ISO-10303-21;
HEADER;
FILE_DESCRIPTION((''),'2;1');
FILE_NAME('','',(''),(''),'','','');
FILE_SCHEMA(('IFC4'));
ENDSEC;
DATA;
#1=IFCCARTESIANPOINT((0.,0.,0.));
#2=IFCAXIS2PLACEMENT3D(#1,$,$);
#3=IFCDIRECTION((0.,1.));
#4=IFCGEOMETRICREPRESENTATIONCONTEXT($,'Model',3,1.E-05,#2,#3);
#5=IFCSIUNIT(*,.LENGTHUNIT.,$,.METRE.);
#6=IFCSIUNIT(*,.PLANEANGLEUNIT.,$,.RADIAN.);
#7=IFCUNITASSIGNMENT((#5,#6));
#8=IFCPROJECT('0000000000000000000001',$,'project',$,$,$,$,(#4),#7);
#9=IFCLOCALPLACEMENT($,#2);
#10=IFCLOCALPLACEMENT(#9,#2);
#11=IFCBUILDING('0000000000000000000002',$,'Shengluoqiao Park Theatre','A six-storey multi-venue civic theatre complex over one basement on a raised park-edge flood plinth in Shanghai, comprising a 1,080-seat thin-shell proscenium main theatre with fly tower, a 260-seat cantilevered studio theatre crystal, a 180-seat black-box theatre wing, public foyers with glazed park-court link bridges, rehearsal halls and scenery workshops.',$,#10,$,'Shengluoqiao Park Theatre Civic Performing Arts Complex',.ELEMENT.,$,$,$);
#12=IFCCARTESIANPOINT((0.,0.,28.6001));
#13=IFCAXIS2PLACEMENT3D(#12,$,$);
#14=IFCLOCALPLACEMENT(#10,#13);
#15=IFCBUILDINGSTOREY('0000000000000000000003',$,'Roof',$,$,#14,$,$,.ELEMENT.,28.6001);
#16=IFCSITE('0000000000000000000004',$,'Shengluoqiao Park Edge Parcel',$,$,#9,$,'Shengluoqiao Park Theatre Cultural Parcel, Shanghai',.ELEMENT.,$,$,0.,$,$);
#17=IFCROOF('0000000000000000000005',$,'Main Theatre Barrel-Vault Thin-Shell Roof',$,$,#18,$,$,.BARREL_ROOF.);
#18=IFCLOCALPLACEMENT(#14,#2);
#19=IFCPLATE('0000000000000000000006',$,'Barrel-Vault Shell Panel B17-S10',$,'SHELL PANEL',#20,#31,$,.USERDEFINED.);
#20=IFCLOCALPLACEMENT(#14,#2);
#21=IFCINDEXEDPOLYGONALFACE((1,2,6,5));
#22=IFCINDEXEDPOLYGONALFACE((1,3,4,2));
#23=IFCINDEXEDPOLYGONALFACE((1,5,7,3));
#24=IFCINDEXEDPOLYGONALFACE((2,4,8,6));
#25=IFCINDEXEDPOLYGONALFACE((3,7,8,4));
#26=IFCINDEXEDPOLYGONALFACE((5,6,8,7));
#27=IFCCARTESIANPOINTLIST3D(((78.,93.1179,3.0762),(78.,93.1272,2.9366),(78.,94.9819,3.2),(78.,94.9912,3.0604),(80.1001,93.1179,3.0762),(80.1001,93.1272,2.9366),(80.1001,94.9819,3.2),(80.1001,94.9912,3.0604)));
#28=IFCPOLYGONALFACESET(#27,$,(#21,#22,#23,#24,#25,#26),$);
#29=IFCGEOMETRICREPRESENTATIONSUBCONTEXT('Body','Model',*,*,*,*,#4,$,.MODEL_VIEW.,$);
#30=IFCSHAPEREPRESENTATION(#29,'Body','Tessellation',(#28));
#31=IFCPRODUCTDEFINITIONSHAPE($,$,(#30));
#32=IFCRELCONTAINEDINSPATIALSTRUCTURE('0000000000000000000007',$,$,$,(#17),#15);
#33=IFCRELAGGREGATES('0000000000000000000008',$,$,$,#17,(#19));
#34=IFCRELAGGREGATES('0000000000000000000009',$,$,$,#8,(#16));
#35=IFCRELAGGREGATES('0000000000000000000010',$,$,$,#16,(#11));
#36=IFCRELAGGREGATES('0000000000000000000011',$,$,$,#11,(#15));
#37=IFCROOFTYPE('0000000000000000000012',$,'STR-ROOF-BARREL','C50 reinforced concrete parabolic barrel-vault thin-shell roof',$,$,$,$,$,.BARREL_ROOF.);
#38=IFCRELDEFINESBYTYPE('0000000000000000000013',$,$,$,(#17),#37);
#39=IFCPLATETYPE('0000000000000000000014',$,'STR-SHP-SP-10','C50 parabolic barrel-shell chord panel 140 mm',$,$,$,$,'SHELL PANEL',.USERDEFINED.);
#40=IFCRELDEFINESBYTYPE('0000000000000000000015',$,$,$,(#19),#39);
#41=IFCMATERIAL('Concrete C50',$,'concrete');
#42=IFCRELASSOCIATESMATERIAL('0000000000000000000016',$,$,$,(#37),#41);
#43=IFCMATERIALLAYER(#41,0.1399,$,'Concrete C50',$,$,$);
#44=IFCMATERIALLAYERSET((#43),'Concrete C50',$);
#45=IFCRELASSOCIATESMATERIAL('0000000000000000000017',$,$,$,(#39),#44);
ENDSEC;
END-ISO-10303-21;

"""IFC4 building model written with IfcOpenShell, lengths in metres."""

from ifc_helpers import new_model, si_unit, direction, frame, origin, place, context, subcontext, project, spatial, polyline, outline, extrude, material, layer, layer_set, type_object, element, aggregate, save


model = new_model("IFC4")

# Units and contexts
model_context = context("Model", 3, precision=1e-05, world=origin(), true_north=direction((0.0, 1.0)))
body_context = subcontext(model_context, "Body", "Model", "MODEL_VIEW")
ifc_project = project(units=[si_unit("LENGTHUNIT", "METRE"), si_unit("PLANEANGLEUNIT", "RADIAN")], contexts=[model_context])

# Site, building, storey
site_placement = place(None, origin())
site = spatial("IfcSite", under=ifc_project, at=site_placement, Name="Shengluoqiao Park Edge Parcel", LongName="Shengluoqiao Park Theatre Cultural Parcel, Shanghai", CompositionType="ELEMENT", RefElevation=0.0)
building_placement = place(site_placement, origin())
building = spatial("IfcBuilding", under=site, at=building_placement, Name="Shengluoqiao Park Theatre", Description="A six-storey multi-venue civic theatre complex over one basement on a raised park-edge flood plinth in Shanghai, comprising a 1,080-seat thin-shell proscenium main theatre with fly tower, a 260-seat cantilevered studio theatre crystal, a 180-seat black-box theatre wing, public foyers with glazed park-court link bridges, rehearsal halls and scenery workshops.", LongName="Shengluoqiao Park Theatre Civic Performing Arts Complex", CompositionType="ELEMENT")
storey_placement = place(building_placement, frame((0.0, 0.0, 28.6001)))
storey = spatial("IfcBuildingStorey", under=building, at=storey_placement, Name="Roof", CompositionType="ELEMENT", Elevation=28.6001)

# Shared definitions
ifc_material_1 = material(Name="Concrete C50", Category="concrete")

# Roof, plate
roof_type = type_object("IfcRoofType", Name="STR-ROOF-BARREL", Description="C50 reinforced concrete parabolic barrel-vault thin-shell roof", PredefinedType="BARREL_ROOF", material=ifc_material_1)
roof_placement = place(storey_placement, origin())
roof = element("IfcRoof", 1, at=roof_placement, inside=storey, type_object=roof_type, Name="Main Theatre Barrel-Vault Thin-Shell Roof", PredefinedType="BARREL_ROOF")
ifc_layer_1 = layer(ifc_material_1, 0.1399, Name="Concrete C50")
ifc_layer_set_1 = layer_set([ifc_layer_1], Name="Concrete C50")
plate_type_1 = type_object("IfcPlateType", Name="STR-SHP-SP-10", Description="C50 parabolic barrel-shell chord panel 140 mm", ElementType="SHELL PANEL", PredefinedType="USERDEFINED", material=ifc_layer_set_1)
plate_1_placement = place(storey_placement, frame((78.0, 93.1179, 3.0762), z_axis=(0.0, -0.066259, 0.997802), x_axis=(1.0, 0.0, 0.0)))
plate_1 = element("IfcPlate", 2, at=plate_1_placement, type_object=plate_type_1, Name="Barrel-Vault Shell Panel B17-S10", ObjectType="SHELL PANEL", PredefinedType="USERDEFINED", context=body_context, shape_type="SweptSolid", body=[
    extrude(outline(polyline([(0.0, 0.0), (2.1001, 0.0), (2.1001, 1.8681), (0.0, 1.8681), (0.0, 0.0)])), origin(), (0.0, 0.0, -1.0), 0.1399),
])
aggregate(roof, [plate_1])

save(model, "model.ifc")
